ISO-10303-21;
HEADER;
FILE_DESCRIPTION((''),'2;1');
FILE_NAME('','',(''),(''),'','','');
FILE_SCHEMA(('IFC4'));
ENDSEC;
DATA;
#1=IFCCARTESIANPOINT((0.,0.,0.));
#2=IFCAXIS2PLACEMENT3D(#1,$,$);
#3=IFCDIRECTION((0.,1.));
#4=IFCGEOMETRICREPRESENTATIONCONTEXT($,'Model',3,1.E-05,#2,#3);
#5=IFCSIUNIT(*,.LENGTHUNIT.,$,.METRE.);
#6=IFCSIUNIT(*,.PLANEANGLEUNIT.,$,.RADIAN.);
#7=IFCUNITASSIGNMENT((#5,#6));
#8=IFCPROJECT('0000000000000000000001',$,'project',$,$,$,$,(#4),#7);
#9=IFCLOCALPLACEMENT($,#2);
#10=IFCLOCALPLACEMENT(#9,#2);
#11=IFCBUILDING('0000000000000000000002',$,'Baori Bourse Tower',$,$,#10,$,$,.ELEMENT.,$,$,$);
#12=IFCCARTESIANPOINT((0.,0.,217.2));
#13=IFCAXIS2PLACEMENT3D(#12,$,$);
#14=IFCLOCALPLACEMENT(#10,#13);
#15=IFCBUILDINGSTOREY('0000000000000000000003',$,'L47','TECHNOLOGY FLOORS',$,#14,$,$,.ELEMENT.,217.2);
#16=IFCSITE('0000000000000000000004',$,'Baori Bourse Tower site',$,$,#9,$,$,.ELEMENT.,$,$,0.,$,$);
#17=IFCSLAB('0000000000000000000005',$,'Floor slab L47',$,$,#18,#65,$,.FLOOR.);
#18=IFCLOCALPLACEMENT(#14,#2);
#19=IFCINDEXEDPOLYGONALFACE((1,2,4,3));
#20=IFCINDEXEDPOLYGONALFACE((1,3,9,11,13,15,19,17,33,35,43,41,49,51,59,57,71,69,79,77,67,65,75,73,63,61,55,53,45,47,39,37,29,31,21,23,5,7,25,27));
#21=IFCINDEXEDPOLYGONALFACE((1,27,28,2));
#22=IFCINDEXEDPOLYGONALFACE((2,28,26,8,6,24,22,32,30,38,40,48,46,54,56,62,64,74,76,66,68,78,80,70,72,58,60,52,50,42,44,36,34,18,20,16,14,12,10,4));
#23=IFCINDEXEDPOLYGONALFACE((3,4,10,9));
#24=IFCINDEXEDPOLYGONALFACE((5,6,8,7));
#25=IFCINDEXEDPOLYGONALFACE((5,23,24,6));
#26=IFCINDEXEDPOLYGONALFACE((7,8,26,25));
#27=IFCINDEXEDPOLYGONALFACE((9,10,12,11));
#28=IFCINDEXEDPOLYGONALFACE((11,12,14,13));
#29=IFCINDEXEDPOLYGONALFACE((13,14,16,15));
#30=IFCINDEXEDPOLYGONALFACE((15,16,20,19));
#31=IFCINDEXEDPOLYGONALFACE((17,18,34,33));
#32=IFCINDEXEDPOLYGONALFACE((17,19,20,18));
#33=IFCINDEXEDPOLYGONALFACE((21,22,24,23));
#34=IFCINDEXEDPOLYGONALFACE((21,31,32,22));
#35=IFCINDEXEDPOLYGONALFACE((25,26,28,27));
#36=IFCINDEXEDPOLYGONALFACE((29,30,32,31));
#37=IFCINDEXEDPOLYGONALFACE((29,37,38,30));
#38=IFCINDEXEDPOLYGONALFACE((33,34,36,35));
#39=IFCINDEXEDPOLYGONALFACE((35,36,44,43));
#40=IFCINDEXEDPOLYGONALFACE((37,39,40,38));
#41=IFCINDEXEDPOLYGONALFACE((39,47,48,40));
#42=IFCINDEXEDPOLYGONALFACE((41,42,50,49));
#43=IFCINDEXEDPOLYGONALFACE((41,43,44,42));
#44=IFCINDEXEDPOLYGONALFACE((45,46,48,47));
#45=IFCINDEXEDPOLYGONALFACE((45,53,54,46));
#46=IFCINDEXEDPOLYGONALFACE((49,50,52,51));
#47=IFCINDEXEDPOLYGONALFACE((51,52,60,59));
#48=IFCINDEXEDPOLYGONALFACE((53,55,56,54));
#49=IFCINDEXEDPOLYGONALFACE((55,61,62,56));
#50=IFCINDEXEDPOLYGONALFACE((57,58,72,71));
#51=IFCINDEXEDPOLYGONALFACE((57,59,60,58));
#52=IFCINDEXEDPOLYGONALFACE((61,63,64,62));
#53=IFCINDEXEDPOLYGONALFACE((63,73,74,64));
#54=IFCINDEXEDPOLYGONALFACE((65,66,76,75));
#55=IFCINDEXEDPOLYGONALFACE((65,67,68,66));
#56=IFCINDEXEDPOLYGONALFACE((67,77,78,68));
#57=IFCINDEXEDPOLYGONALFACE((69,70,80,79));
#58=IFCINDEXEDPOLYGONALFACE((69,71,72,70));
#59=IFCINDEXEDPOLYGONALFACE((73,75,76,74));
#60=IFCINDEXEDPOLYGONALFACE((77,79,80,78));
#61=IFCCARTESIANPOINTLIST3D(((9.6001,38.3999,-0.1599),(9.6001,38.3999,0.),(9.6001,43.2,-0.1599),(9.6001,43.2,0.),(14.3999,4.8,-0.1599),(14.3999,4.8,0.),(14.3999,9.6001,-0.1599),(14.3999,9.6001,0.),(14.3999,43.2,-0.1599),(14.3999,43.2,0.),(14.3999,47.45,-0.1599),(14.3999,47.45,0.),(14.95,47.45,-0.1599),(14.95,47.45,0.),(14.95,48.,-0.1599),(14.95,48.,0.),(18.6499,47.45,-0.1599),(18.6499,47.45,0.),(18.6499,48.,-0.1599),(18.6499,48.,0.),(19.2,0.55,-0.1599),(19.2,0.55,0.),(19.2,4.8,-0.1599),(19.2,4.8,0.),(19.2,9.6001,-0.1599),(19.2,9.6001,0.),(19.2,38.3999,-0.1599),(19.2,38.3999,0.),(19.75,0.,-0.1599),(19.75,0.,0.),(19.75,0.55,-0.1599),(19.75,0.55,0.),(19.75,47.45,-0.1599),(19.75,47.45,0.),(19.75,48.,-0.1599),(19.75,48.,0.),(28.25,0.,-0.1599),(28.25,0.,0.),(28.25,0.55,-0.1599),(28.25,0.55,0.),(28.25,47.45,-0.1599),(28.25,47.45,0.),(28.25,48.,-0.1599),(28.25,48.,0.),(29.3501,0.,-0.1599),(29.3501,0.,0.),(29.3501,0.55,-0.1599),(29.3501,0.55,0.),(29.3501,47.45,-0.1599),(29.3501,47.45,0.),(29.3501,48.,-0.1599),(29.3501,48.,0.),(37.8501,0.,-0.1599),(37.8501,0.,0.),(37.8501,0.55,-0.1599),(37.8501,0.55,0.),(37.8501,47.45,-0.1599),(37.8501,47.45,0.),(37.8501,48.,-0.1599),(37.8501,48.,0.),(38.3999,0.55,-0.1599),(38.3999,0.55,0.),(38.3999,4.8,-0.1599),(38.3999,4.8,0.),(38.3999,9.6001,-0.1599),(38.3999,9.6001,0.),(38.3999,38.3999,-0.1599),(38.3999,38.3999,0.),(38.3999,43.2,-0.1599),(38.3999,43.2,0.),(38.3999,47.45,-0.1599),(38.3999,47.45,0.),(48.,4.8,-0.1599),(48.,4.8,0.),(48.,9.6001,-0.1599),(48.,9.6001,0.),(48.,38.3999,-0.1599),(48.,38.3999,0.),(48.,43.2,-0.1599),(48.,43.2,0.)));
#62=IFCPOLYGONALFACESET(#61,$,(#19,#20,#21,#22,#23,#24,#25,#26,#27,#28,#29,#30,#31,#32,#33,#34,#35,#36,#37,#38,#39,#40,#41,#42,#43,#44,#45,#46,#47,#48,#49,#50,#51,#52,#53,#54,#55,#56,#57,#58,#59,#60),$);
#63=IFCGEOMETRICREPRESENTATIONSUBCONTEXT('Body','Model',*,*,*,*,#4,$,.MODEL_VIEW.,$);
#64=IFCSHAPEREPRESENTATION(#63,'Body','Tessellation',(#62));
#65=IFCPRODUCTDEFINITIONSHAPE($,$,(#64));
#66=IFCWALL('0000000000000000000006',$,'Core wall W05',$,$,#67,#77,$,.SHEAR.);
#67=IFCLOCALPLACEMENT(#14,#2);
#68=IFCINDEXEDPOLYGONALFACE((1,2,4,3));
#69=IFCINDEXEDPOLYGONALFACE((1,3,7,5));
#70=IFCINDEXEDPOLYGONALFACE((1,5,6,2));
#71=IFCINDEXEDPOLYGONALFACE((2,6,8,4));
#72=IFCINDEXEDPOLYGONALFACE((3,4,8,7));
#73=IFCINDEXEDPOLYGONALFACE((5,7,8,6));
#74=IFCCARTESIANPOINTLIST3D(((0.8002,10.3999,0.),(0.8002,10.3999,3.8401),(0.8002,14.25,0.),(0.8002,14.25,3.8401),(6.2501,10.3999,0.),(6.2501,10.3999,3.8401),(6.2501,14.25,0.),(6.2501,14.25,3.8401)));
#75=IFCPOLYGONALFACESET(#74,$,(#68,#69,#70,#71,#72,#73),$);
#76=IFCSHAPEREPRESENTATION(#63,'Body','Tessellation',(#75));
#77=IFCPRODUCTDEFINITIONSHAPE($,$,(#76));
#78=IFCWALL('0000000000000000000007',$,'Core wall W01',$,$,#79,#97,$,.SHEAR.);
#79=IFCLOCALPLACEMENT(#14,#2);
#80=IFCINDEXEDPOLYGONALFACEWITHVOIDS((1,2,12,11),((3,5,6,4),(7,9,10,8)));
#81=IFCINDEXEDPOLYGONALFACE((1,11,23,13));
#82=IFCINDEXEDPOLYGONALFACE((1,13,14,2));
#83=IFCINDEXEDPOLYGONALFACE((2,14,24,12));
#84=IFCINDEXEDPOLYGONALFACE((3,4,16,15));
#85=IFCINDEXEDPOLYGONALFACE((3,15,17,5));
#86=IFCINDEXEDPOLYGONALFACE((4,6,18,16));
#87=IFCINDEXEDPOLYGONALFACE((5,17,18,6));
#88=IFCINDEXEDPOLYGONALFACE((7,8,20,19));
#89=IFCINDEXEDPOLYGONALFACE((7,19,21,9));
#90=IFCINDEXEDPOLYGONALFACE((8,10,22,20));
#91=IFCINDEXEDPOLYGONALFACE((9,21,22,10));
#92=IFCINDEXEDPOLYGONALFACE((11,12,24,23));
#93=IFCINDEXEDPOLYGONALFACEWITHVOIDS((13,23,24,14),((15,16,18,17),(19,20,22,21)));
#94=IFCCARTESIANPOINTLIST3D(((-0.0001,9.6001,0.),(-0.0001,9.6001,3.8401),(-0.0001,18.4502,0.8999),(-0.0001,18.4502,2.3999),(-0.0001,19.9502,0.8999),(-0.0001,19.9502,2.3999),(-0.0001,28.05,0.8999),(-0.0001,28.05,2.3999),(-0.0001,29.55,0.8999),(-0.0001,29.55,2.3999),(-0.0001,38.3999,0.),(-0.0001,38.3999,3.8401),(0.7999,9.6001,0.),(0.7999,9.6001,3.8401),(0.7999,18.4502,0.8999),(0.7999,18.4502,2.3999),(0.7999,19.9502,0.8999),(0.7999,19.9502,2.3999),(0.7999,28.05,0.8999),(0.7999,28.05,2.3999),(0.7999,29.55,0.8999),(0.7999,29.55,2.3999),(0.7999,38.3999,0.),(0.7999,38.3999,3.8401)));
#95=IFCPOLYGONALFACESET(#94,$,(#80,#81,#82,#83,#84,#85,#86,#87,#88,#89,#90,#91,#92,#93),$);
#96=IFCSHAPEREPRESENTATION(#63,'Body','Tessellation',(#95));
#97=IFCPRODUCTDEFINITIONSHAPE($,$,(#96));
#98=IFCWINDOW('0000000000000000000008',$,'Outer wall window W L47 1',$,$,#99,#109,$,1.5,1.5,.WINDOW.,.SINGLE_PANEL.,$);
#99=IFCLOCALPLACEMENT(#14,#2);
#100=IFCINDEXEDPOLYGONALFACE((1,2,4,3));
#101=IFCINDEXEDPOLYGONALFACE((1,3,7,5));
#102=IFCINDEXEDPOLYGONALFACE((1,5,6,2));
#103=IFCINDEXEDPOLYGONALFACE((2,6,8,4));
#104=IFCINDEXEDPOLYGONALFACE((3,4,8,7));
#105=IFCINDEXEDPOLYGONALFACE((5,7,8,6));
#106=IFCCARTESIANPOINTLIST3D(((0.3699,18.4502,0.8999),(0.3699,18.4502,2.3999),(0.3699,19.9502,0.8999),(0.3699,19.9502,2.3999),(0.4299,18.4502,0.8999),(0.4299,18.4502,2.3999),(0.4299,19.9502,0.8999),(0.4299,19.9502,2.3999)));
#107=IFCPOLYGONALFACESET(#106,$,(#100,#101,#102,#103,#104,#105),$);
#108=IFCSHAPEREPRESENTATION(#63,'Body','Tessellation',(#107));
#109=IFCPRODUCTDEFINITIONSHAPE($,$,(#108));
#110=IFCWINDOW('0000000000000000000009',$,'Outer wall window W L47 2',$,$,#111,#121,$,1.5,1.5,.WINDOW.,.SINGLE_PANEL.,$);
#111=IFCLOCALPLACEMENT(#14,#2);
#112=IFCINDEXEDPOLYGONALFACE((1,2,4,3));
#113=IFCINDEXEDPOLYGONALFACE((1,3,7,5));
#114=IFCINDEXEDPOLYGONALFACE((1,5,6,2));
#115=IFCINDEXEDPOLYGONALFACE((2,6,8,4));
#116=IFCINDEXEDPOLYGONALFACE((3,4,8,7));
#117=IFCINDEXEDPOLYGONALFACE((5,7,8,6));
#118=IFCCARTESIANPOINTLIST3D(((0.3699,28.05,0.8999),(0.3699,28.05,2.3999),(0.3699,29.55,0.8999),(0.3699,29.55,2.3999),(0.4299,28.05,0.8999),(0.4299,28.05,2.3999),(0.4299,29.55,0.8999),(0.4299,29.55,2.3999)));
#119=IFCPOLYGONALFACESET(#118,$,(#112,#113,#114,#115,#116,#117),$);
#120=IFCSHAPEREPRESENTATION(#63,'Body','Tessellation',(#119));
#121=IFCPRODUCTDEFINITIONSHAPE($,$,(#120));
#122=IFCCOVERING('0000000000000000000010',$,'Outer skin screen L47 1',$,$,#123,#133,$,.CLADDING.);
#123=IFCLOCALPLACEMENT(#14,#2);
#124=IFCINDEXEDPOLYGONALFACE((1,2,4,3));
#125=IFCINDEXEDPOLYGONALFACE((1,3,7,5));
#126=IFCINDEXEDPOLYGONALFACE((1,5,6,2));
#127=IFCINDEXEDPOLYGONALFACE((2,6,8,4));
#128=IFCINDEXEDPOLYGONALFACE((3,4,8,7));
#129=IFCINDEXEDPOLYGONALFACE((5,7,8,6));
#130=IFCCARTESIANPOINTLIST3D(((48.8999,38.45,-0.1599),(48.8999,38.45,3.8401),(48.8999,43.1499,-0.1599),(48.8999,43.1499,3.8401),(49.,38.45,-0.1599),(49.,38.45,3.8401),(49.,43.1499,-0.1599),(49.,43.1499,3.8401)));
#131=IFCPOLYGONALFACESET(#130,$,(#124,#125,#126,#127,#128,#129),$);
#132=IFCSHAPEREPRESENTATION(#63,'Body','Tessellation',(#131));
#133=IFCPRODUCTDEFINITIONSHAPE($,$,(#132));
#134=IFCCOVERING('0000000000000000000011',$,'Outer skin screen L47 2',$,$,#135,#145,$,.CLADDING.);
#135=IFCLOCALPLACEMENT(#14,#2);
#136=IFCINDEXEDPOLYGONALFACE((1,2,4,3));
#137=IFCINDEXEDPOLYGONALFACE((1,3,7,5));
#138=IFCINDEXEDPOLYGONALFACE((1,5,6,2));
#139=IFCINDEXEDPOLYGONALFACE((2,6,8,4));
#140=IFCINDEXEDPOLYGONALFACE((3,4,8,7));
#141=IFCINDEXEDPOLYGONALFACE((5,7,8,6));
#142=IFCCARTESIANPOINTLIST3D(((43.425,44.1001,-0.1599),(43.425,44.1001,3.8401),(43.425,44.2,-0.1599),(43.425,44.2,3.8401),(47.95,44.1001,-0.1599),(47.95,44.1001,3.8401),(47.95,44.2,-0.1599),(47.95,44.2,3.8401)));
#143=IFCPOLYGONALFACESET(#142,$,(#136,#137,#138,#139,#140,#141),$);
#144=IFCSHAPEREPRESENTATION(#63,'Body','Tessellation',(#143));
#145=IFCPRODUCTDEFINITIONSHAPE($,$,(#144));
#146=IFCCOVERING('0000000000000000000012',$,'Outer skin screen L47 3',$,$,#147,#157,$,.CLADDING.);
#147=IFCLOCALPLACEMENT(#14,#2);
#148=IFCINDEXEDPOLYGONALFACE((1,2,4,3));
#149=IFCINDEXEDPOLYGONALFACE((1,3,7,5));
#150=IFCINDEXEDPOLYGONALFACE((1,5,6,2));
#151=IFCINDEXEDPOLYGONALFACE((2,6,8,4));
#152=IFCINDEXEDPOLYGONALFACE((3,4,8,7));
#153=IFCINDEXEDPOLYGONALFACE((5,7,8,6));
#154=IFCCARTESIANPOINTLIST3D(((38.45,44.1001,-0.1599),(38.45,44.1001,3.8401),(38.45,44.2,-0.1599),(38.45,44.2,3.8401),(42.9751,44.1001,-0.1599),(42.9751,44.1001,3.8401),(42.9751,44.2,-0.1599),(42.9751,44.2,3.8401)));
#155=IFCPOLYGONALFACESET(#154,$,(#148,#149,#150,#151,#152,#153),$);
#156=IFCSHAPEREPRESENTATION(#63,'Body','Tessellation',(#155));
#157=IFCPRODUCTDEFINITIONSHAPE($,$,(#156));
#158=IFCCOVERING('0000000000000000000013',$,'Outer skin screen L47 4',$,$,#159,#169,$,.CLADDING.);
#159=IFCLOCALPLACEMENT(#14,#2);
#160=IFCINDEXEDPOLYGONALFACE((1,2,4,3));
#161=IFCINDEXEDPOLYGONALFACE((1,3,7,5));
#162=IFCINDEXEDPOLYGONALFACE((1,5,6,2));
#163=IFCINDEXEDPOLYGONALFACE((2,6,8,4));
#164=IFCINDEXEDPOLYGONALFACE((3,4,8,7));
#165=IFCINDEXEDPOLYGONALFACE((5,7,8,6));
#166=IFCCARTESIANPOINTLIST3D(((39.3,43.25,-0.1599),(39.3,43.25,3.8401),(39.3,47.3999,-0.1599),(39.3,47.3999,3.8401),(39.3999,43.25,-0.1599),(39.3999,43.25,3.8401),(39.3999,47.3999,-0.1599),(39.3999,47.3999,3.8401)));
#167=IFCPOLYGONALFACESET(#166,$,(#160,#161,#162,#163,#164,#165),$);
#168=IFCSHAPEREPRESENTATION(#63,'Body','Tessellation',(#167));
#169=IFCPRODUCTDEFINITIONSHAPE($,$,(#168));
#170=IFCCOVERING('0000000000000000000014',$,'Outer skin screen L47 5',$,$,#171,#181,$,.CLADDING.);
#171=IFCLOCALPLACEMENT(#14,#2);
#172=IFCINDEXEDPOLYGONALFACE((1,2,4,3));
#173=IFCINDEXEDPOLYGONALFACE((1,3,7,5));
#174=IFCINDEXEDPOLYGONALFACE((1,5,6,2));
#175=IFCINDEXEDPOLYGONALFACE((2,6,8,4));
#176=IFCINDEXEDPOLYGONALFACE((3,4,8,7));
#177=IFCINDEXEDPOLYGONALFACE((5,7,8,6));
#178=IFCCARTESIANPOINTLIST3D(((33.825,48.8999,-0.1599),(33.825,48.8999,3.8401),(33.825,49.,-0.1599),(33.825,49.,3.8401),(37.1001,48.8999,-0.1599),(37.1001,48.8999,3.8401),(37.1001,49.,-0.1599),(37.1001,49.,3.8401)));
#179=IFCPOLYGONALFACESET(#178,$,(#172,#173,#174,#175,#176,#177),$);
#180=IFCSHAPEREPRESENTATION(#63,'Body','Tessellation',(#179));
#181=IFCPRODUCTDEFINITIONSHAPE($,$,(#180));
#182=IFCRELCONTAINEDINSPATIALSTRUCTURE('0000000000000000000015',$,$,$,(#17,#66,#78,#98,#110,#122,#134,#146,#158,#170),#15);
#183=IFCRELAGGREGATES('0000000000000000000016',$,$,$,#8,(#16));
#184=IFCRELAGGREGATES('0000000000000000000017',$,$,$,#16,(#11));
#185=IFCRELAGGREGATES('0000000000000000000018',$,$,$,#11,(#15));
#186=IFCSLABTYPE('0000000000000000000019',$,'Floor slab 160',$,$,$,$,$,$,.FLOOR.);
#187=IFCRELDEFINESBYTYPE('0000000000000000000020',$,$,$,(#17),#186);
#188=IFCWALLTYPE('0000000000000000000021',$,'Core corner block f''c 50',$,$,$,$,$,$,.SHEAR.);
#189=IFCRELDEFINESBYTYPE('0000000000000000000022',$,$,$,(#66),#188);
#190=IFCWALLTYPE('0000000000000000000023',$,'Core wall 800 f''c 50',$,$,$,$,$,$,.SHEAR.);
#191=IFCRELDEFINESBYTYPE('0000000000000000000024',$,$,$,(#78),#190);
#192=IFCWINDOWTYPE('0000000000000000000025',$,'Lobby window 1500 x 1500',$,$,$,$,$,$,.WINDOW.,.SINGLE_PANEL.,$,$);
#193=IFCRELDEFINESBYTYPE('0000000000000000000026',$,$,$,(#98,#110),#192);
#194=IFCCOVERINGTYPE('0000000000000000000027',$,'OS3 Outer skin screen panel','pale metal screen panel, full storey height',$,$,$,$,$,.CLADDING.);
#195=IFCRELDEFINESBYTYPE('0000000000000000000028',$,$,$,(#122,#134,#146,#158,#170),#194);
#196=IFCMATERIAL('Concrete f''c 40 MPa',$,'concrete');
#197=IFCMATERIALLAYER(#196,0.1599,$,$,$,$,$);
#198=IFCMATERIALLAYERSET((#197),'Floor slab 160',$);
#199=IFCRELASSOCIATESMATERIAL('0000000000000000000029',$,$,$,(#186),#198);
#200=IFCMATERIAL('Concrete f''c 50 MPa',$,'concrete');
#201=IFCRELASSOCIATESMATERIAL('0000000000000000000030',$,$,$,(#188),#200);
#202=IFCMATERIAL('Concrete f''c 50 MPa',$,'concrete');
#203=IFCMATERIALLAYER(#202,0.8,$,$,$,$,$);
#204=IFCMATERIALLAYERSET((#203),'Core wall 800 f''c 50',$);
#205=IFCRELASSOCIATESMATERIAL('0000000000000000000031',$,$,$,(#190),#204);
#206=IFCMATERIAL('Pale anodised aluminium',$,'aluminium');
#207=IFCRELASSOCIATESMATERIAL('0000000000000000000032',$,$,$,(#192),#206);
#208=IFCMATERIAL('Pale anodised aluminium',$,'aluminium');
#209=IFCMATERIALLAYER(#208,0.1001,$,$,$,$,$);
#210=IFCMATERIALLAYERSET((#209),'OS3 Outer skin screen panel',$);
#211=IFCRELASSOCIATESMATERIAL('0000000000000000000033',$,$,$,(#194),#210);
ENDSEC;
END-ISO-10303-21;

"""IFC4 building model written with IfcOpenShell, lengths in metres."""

from ifc_helpers import new_model, si_unit, direction, frame, frame_2d, origin, place, context, subcontext, project, spatial, polyline, rectangle, outline, extrude, material, layer, layer_set, type_object, element, fill, save


model = new_model("IFC4")

# Units and contexts
model_context = context("Model", 3, precision=1e-05, world=origin(), true_north=direction((0.0, 1.0)))
body_context = subcontext(model_context, "Body", "Model", "MODEL_VIEW")
ifc_project = project(units=[si_unit("LENGTHUNIT", "METRE"), si_unit("PLANEANGLEUNIT", "RADIAN")], contexts=[model_context])

# Site, building, storey
site_placement = place(None, origin())
site = spatial("IfcSite", under=ifc_project, at=site_placement, Name="Baori Bourse Tower site", CompositionType="ELEMENT", RefElevation=0.0)
building_placement = place(site_placement, origin())
building = spatial("IfcBuilding", under=site, at=building_placement, Name="Baori Bourse Tower", CompositionType="ELEMENT")
storey_placement = place(building_placement, frame((0.0, 0.0, 217.2)))
storey = spatial("IfcBuildingStorey", under=building, at=storey_placement, Name="L47", Description="TECHNOLOGY FLOORS", CompositionType="ELEMENT", Elevation=217.2)

# Slab
ifc_material_1 = material(Name="Concrete f'c 40 MPa", Category="concrete")
ifc_layer_1 = layer(ifc_material_1, 0.1599)
ifc_layer_set_1 = layer_set([ifc_layer_1], Name="Floor slab 160")
slab_type_1 = type_object("IfcSlabType", Name="Floor slab 160", PredefinedType="FLOOR", material=ifc_layer_set_1)
slab_1_placement = place(storey_placement, frame((0.0, 0.0, -0.1599)))
element("IfcSlab", 1, at=slab_1_placement, inside=storey, type_object=slab_type_1, Name="Floor slab L47", PredefinedType="FLOOR", context=body_context, shape_type="SweptSolid", body=[
    extrude(outline(polyline([(19.2, 4.8), (14.3999, 4.8), (14.3999, 9.6001), (19.2, 9.6001), (19.2, 38.3999), (9.6001, 38.3999), (9.6001, 43.2), (14.3999, 43.2), (14.3999, 47.45), (14.95, 47.45), (14.95, 48.0), (18.6499, 48.0), (18.6499, 47.45), (19.75, 47.45), (19.75, 48.0), (28.25, 48.0), (28.25, 47.45), (29.3501, 47.45), (29.3501, 48.0), (37.8501, 48.0), (37.8501, 47.45), (38.3999, 47.45), (38.3999, 43.2), (48.0, 43.2), (48.0, 38.3999), (38.3999, 38.3999), (38.3999, 9.6001), (48.0, 9.6001), (48.0, 4.8), (38.3999, 4.8), (38.3999, 0.55), (37.8501, 0.55), (37.8501, 0.0), (29.3501, 0.0), (29.3501, 0.55), (28.25, 0.55), (28.25, 0.0), (19.75, 0.0), (19.75, 0.55), (19.2, 0.55), (19.2, 4.8)])), origin(), (0.0, 0.0, 1.0), 0.1599),
])

# Wall
ifc_material_2 = material(Name="Concrete f'c 50 MPa", Category="concrete")
wall_type_1 = type_object("IfcWallType", Name="Core corner block f'c 50", PredefinedType="SHEAR", material=ifc_material_2)
wall_1_placement = place(storey_placement, frame((0.8, 12.325, 0.0), z_axis=(0.0, 0.0, 1.0), x_axis=(1.0, 0.0, 0.0)))
element("IfcWall", 2, at=wall_1_placement, inside=storey, type_object=wall_type_1, Name="Core wall W05", PredefinedType="SHEAR", context=body_context, shape_type="SweptSolid", body=[
    extrude(rectangle(XDim=5.45, YDim=3.8501, at=frame_2d((2.7251, 0.0))), origin(), (0.0, 0.0, 1.0), 3.8401),
])

# Wall, openings, windows
ifc_material_3 = material(Name="Concrete f'c 50 MPa", Category="concrete")
ifc_layer_2 = layer(ifc_material_3, 0.8)
ifc_layer_set_2 = layer_set([ifc_layer_2], Name="Core wall 800 f'c 50")
wall_type_2 = type_object("IfcWallType", Name="Core wall 800 f'c 50", PredefinedType="SHEAR", material=ifc_layer_set_2)
wall_2_placement = place(storey_placement, frame((0.3999, 9.6001, 0.0), z_axis=(0.0, 0.0, 1.0), x_axis=(0.0, 1.0, 0.0)))
wall_2 = element("IfcWall", 3, at=wall_2_placement, inside=storey, type_object=wall_type_2, Name="Core wall W01", PredefinedType="SHEAR", context=body_context, shape_type="SweptSolid", body=[
    extrude(rectangle(XDim=28.7998, YDim=0.8, at=frame_2d((14.3999, 0.0))), origin(), (0.0, 0.0, 1.0), 3.8401),
])
opening_1_placement = place(wall_2_placement, frame((8.8501, 0.0, 0.8999)))
opening_1 = element("IfcOpeningElement", 4, at=opening_1_placement, cuts=wall_2, PredefinedType="OPENING", context=body_context, shape_type="SweptSolid", body=[
    extrude(rectangle(XDim=1.5, YDim=1.5, at=frame_2d((0.75, 0.75))), frame((0.0, 0.4099, 0.0), z_axis=(0.0, -1.0, 0.0), x_axis=(1.0, 0.0, 0.0)), (0.0, 0.0, 1.0), 0.8201),
])
opening_2_placement = place(wall_2_placement, frame((18.45, 0.0, 0.8999)))
opening_2 = element("IfcOpeningElement", 5, at=opening_2_placement, cuts=wall_2, PredefinedType="OPENING", context=body_context, shape_type="SweptSolid", body=[
    extrude(rectangle(XDim=1.5, YDim=1.5, at=frame_2d((0.75, 0.75))), frame((0.0, 0.4099, 0.0), z_axis=(0.0, -1.0, 0.0), x_axis=(1.0, 0.0, 0.0)), (0.0, 0.0, 1.0), 0.8201),
])
ifc_material_4 = material(Name="Pale anodised aluminium", Category="aluminium")
window_type = type_object("IfcWindowType", Name="Lobby window 1500 x 1500", PartitioningType="SINGLE_PANEL", PredefinedType="WINDOW", material=ifc_material_4)
window_1_placement = place(opening_1_placement, origin())
window_1 = element("IfcWindow", 6, at=window_1_placement, inside=storey, type_object=window_type, Name="Outer wall window W L47 1", OverallHeight=1.5, OverallWidth=1.5, PartitioningType="SINGLE_PANEL", PredefinedType="WINDOW", context=body_context, shape_type="SweptSolid", body=[
    extrude(rectangle(XDim=1.5, YDim=1.5, at=frame_2d((0.75, 0.75))), frame((0.0, 0.03, 0.0), z_axis=(0.0, -1.0, 0.0), x_axis=(1.0, 0.0, 0.0)), (0.0, 0.0, 1.0), 0.0601),
])
fill(opening_1, window_1)
window_2_placement = place(opening_2_placement, origin())
window_2 = element("IfcWindow", 7, at=window_2_placement, inside=storey, type_object=window_type, Name="Outer wall window W L47 2", OverallHeight=1.5, OverallWidth=1.5, PartitioningType="SINGLE_PANEL", PredefinedType="WINDOW", context=body_context, shape_type="SweptSolid", body=[
    extrude(rectangle(XDim=1.5, YDim=1.5, at=frame_2d((0.75, 0.75))), frame((0.0, 0.03, 0.0), z_axis=(0.0, -1.0, 0.0), x_axis=(1.0, 0.0, 0.0)), (0.0, 0.0, 1.0), 0.0601),
])
fill(opening_2, window_2)

# Coverings
ifc_material_5 = material(Name="Pale anodised aluminium", Category="aluminium")
ifc_layer_3 = layer(ifc_material_5, 0.1001)
ifc_layer_set_3 = layer_set([ifc_layer_3], Name="OS3 Outer skin screen panel")
covering_type = type_object("IfcCoveringType", Name="OS3 Outer skin screen panel", Description="pale metal screen panel, full storey height", PredefinedType="CLADDING", material=ifc_layer_set_3)
covering_1_placement = place(storey_placement, frame((0.0, 0.0, -0.1599)))
element("IfcCovering", 8, at=covering_1_placement, inside=storey, type_object=covering_type, Name="Outer skin screen L47 1", PredefinedType="CLADDING", context=body_context, shape_type="SweptSolid", body=[
    extrude(outline(polyline([(48.8999, 43.1499), (48.8999, 38.45), (49.0, 38.45), (49.0, 43.1499), (48.8999, 43.1499)])), origin(), (0.0, 0.0, 1.0), 4.0),
])
covering_2_placement = place(storey_placement, frame((0.0, 0.0, -0.1599)))
element("IfcCovering", 9, at=covering_2_placement, inside=storey, type_object=covering_type, Name="Outer skin screen L47 2", PredefinedType="CLADDING", context=body_context, shape_type="SweptSolid", body=[
    extrude(outline(polyline([(43.425, 44.1001), (47.95, 44.1001), (47.95, 44.2), (43.425, 44.2), (43.425, 44.1001)])), origin(), (0.0, 0.0, 1.0), 4.0),
])
covering_3_placement = place(storey_placement, frame((0.0, 0.0, -0.1599)))
element("IfcCovering", 10, at=covering_3_placement, inside=storey, type_object=covering_type, Name="Outer skin screen L47 3", PredefinedType="CLADDING", context=body_context, shape_type="SweptSolid", body=[
    extrude(outline(polyline([(38.45, 44.1001), (42.9751, 44.1001), (42.9751, 44.2), (38.45, 44.2), (38.45, 44.1001)])), origin(), (0.0, 0.0, 1.0), 4.0),
])
covering_4_placement = place(storey_placement, frame((0.0, 0.0, -0.1599)))
element("IfcCovering", 11, at=covering_4_placement, inside=storey, type_object=covering_type, Name="Outer skin screen L47 4", PredefinedType="CLADDING", context=body_context, shape_type="SweptSolid", body=[
    extrude(outline(polyline([(39.3, 47.3999), (39.3, 43.25), (39.3999, 43.25), (39.3999, 47.3999), (39.3, 47.3999)])), origin(), (0.0, 0.0, 1.0), 4.0),
])
covering_5_placement = place(storey_placement, frame((0.0, 0.0, -0.1599)))
element("IfcCovering", 12, at=covering_5_placement, inside=storey, type_object=covering_type, Name="Outer skin screen L47 5", PredefinedType="CLADDING", context=body_context, shape_type="SweptSolid", body=[
    extrude(outline(polyline([(33.825, 48.8999), (37.1001, 48.8999), (37.1001, 49.0), (33.825, 49.0), (33.825, 48.8999)])), origin(), (0.0, 0.0, 1.0), 4.0),
])

save(model, "model.ifc")
